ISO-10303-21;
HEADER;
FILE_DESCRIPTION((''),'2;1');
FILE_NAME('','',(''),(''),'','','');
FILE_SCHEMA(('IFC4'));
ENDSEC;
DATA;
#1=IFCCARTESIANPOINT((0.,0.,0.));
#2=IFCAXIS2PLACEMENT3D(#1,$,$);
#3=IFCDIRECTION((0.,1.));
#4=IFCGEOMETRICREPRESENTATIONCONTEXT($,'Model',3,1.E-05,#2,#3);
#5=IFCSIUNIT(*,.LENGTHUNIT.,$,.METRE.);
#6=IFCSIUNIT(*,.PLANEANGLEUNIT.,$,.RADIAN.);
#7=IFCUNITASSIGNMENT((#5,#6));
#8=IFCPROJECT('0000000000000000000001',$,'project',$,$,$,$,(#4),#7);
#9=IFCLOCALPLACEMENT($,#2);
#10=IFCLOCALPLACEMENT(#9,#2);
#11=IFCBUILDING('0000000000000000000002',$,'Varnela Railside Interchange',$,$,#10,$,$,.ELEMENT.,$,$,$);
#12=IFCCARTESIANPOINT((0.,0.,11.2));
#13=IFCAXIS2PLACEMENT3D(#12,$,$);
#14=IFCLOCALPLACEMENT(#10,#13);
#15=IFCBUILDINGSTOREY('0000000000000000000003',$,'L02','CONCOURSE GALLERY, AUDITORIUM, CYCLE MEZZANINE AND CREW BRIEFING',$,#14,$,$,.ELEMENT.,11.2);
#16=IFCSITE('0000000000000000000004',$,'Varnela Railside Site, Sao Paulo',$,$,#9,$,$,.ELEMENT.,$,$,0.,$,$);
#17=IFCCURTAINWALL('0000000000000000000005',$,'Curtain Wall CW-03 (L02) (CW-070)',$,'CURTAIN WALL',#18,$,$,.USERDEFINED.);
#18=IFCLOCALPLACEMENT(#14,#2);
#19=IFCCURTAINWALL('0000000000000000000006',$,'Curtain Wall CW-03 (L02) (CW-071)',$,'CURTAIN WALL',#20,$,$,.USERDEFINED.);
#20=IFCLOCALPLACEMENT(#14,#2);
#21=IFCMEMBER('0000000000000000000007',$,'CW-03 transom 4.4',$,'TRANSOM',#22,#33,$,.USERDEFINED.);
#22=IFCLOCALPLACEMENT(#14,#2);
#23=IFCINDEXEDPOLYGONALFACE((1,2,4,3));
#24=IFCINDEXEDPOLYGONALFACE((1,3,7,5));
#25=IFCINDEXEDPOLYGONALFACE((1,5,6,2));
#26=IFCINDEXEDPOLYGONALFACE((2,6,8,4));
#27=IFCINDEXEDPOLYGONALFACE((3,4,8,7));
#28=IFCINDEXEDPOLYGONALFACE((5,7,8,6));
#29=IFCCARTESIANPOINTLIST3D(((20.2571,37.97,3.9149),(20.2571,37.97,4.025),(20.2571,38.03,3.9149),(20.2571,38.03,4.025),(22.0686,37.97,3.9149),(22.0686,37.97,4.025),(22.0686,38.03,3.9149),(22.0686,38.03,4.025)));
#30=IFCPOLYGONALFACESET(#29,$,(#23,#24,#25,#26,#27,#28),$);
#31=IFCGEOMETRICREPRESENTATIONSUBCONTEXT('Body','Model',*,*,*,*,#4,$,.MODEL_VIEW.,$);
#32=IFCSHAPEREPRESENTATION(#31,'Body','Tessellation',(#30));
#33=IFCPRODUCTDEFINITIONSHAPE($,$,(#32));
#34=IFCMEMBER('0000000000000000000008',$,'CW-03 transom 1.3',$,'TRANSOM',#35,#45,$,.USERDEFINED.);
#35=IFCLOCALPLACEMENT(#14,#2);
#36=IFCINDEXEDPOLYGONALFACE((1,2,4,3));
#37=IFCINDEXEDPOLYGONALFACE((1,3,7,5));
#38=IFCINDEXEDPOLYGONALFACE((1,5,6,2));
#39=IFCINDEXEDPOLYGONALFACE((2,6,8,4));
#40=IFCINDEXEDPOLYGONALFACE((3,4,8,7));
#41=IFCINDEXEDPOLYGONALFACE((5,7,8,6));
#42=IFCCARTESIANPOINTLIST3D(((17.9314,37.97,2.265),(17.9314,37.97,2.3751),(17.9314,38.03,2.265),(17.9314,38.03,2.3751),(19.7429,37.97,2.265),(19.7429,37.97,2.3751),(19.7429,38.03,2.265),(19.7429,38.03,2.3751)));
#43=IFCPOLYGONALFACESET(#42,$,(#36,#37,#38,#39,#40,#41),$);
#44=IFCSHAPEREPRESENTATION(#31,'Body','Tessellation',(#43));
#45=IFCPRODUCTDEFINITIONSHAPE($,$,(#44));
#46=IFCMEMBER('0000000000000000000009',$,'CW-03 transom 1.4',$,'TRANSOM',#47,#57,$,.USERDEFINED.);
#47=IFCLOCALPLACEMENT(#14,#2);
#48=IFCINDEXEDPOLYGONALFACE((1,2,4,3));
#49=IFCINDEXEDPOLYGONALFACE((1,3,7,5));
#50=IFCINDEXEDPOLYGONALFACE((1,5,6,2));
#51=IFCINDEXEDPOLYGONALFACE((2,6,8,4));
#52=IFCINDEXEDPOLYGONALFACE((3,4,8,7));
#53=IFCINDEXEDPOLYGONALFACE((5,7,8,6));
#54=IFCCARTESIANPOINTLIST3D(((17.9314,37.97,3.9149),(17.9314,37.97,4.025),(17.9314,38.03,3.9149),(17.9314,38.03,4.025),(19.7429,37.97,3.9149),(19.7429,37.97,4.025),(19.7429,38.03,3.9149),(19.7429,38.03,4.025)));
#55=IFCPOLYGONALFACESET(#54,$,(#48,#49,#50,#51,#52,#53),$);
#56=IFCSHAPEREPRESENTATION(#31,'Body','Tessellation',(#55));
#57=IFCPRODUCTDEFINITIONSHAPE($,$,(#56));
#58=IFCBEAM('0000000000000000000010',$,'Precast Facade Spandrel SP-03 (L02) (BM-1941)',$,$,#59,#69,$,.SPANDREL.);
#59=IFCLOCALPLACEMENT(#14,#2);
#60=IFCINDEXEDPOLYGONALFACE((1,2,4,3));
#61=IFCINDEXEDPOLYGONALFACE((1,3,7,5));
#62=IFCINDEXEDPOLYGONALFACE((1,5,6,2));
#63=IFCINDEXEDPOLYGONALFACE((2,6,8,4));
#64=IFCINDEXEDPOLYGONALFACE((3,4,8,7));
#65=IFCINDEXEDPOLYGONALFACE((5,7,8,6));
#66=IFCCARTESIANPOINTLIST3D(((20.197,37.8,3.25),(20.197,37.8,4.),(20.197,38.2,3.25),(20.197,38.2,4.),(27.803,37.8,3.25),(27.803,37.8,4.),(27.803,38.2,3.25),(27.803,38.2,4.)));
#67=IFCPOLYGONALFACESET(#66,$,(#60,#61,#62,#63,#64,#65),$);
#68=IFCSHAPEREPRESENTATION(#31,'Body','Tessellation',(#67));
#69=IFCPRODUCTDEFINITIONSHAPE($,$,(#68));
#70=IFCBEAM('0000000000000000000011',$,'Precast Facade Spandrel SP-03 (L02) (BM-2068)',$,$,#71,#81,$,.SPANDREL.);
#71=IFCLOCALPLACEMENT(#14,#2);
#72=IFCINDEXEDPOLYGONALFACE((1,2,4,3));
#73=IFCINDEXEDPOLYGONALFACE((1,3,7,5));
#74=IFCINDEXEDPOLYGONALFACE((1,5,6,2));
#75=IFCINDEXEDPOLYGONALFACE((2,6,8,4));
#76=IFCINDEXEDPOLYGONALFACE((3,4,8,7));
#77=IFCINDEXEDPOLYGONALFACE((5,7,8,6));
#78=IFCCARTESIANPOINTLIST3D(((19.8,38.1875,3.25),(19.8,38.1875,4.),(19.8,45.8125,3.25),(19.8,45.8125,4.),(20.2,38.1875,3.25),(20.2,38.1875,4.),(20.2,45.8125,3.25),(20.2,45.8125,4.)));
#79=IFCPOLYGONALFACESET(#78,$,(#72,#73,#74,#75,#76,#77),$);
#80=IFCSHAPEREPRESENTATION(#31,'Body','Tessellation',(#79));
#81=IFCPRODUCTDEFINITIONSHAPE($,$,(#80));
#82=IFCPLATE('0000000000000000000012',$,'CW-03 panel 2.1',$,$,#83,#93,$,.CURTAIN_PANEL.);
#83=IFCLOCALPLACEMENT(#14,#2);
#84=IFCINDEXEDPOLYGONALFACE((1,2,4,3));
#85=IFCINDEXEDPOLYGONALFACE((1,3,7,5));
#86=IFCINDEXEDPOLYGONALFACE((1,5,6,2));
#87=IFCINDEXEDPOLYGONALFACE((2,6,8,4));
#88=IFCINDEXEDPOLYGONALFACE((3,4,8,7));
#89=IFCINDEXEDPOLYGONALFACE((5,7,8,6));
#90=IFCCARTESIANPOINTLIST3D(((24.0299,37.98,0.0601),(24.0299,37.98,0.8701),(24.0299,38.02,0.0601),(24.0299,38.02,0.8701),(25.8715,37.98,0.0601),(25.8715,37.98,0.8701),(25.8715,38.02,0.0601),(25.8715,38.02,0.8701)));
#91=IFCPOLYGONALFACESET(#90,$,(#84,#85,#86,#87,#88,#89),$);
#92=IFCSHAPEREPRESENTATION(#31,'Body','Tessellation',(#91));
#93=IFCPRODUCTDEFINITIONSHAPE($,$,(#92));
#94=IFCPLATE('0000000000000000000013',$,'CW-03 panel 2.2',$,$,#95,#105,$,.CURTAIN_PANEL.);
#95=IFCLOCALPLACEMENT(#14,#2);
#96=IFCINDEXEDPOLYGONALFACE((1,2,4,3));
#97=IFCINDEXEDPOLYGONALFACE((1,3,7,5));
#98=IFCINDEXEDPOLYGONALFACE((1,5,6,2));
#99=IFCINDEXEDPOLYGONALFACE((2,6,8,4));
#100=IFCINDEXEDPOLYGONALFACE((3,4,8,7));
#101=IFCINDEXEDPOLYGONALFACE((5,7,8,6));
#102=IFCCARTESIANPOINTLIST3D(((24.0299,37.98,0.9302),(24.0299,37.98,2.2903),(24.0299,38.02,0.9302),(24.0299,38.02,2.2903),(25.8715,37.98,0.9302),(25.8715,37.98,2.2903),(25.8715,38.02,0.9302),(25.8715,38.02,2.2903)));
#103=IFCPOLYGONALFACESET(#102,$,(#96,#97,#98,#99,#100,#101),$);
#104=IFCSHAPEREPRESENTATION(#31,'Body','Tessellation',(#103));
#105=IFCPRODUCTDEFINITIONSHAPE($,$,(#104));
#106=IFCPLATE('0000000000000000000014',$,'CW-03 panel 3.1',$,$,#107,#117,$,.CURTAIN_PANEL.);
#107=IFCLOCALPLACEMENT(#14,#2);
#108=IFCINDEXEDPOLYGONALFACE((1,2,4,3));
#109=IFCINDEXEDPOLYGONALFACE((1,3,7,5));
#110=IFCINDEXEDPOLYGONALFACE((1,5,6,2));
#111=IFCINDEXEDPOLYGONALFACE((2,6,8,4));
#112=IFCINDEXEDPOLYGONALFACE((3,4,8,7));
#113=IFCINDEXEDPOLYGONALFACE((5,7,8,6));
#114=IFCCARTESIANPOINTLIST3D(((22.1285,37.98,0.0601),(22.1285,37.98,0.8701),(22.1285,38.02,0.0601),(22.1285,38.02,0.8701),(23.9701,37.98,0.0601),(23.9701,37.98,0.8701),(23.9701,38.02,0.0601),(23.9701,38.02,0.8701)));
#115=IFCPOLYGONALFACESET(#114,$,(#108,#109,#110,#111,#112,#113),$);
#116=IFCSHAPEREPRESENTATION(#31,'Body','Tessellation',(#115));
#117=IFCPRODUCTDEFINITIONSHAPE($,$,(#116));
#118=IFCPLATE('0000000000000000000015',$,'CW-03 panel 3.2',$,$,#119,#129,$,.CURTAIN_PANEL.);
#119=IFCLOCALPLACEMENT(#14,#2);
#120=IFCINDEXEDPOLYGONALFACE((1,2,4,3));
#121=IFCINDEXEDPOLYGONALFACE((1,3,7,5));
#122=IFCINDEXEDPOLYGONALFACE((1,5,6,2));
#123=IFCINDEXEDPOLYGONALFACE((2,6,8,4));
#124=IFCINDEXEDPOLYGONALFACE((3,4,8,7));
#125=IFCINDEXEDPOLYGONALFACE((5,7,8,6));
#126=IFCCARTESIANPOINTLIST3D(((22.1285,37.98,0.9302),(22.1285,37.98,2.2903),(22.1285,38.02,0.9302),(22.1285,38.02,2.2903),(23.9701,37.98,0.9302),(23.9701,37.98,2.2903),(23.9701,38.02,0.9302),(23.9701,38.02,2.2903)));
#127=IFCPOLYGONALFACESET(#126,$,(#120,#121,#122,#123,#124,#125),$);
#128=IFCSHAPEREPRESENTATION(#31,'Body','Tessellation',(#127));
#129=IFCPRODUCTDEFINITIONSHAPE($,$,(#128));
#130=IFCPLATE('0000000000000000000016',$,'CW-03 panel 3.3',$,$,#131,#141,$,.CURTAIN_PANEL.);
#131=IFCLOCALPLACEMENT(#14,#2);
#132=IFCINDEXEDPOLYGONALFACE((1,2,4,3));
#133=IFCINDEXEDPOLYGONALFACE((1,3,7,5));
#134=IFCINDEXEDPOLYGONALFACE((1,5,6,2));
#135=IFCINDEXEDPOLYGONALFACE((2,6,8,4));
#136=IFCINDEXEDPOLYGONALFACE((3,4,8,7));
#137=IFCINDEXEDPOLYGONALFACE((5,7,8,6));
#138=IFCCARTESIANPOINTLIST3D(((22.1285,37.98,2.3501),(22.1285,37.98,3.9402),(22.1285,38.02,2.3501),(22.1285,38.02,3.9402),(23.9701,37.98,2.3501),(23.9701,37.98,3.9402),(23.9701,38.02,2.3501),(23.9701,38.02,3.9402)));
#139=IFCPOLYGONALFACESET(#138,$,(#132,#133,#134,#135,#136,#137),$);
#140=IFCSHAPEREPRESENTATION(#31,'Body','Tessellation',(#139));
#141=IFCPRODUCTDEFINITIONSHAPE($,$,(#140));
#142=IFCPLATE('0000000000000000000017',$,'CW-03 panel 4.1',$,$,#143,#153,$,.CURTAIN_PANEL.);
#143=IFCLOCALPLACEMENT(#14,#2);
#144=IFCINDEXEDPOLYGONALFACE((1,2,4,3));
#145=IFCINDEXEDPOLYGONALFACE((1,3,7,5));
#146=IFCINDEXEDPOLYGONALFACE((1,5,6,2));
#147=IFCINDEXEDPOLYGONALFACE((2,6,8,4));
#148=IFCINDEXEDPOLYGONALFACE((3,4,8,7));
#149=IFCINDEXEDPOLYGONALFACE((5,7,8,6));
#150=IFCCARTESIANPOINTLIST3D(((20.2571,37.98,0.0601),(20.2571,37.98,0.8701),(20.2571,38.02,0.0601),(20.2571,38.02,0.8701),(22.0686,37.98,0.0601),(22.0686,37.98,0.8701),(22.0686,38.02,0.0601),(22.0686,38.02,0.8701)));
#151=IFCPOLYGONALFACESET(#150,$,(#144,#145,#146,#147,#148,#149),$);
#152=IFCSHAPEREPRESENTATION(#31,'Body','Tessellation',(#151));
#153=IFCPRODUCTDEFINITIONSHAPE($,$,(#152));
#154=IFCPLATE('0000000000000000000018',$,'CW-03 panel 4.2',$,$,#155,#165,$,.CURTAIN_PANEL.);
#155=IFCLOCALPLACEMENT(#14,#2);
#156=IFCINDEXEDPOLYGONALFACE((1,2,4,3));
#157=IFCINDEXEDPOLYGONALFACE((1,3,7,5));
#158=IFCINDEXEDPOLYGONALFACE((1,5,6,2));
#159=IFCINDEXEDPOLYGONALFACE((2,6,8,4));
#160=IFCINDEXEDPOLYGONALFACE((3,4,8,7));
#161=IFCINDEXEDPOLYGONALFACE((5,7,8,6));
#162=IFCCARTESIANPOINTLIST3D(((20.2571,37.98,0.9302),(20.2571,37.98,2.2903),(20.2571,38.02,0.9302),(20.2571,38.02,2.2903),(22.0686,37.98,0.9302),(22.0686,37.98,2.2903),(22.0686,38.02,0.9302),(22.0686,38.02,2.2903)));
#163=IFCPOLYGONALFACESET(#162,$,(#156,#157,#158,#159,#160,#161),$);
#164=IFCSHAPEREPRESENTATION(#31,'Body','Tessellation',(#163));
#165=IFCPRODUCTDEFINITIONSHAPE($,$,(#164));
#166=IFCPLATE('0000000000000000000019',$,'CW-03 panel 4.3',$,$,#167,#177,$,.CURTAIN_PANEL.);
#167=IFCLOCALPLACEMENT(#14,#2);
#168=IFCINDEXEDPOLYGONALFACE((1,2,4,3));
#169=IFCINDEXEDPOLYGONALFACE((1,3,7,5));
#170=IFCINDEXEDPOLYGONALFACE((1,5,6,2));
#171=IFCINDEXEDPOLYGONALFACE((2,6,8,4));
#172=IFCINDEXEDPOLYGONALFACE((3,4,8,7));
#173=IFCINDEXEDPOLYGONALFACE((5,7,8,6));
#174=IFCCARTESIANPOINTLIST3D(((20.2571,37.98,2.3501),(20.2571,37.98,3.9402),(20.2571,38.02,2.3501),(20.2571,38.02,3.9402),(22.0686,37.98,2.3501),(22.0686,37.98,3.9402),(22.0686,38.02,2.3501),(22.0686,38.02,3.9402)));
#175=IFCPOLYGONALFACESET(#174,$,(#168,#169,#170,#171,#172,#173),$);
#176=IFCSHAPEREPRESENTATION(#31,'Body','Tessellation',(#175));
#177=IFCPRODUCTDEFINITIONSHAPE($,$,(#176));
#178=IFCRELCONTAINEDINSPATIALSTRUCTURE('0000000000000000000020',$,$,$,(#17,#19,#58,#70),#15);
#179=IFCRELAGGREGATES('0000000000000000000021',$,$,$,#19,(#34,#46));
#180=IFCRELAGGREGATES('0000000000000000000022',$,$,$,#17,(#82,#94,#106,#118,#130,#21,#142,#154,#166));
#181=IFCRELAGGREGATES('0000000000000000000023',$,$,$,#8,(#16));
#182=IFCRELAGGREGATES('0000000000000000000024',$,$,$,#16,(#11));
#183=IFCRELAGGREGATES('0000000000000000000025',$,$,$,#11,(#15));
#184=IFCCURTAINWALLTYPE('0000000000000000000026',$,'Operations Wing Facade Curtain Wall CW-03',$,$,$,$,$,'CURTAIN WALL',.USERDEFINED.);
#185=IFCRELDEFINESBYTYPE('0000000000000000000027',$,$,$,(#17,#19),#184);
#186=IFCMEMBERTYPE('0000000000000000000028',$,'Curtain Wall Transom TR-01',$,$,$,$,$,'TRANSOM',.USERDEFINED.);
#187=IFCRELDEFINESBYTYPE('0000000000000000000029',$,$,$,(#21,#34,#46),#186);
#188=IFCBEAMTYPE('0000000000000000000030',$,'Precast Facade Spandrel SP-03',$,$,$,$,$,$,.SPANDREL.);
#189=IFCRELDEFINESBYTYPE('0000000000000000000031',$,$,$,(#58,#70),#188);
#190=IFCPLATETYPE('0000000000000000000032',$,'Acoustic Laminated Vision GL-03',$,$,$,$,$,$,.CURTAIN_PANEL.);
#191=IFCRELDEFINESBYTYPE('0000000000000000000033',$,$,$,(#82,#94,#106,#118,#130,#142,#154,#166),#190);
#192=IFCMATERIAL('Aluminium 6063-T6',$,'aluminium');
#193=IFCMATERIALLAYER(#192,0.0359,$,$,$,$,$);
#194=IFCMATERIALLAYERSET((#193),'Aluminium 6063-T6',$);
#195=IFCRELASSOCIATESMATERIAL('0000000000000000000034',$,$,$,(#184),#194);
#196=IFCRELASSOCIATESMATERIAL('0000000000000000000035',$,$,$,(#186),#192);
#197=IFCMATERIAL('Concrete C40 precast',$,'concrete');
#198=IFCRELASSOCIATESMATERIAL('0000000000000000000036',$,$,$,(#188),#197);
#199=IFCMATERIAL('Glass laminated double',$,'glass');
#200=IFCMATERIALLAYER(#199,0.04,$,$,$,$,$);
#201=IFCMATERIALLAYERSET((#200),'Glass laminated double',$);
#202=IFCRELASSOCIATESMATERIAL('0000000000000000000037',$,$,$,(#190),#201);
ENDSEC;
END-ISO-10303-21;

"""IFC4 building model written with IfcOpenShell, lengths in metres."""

from ifc_helpers import new_model, si_unit, direction, frame, origin, origin_2d, place, context, subcontext, project, spatial, rectangle, extrude, material, layer, layer_set, material_profile, profile_set, type_object, element, aggregate, save


model = new_model("IFC4")

# Units and contexts
model_context = context("Model", 3, precision=1e-05, world=origin(), true_north=direction((0.0, 1.0)))
body_context = subcontext(model_context, "Body", "Model", "MODEL_VIEW")
ifc_project = project(units=[si_unit("LENGTHUNIT", "METRE"), si_unit("PLANEANGLEUNIT", "RADIAN")], contexts=[model_context])

# Site, building, storey
site_placement = place(None, origin())
site = spatial("IfcSite", under=ifc_project, at=site_placement, Name="Varnela Railside Site, Sao Paulo", CompositionType="ELEMENT", RefElevation=0.0)
building_placement = place(site_placement, origin())
building = spatial("IfcBuilding", under=site, at=building_placement, Name="Varnela Railside Interchange", CompositionType="ELEMENT")
storey_placement = place(building_placement, frame((0.0, 0.0, 11.2)))
storey = spatial("IfcBuildingStorey", under=building, at=storey_placement, Name="L02", Description="CONCOURSE GALLERY, AUDITORIUM, CYCLE MEZZANINE AND CREW BRIEFING", CompositionType="ELEMENT", Elevation=11.2)

# Curtain wall
ifc_material_1 = material(Name="Aluminium 6063-T6", Category="aluminium")
ifc_layer_1 = layer(ifc_material_1, 0.0359)
ifc_layer_set_1 = layer_set([ifc_layer_1], Name="Aluminium 6063-T6")
curtain_wall_type = type_object("IfcCurtainWallType", Name="Operations Wing Facade Curtain Wall CW-03", ElementType="CURTAIN WALL", PredefinedType="USERDEFINED", material=ifc_layer_set_1)
curtain_wall_1_placement = place(storey_placement, origin())
curtain_wall_1 = element("IfcCurtainWall", 1, at=curtain_wall_1_placement, inside=storey, type_object=curtain_wall_type, Name="Curtain Wall CW-03 (L02) (CW-070)", ObjectType="CURTAIN WALL", PredefinedType="USERDEFINED")

# Curtain wall
curtain_wall_2_placement = place(storey_placement, origin())
curtain_wall_2 = element("IfcCurtainWall", 2, at=curtain_wall_2_placement, inside=storey, type_object=curtain_wall_type, Name="Curtain Wall CW-03 (L02) (CW-071)", ObjectType="CURTAIN WALL", PredefinedType="USERDEFINED")

# Members
ifc_material_profile_1 = material_profile(ifc_material_1, rectangle(XDim=0.0601, YDim=0.1101, at=origin_2d()), Name="ALU 60x110")
ifc_profile_set_1 = profile_set([ifc_material_profile_1], Name="Aluminium 6063-T6")
member_type_1 = type_object("IfcMemberType", Name="Curtain Wall Transom TR-01", ElementType="TRANSOM", PredefinedType="USERDEFINED", material=ifc_profile_set_1)
member_1_placement = place(storey_placement, frame((22.0686, 38.0, 3.97), z_axis=(-1.0, 0.0, 0.0), x_axis=(0.0, -1.0, 0.0)))
member_1 = element("IfcMember", 3, at=member_1_placement, type_object=member_type_1, Name="CW-03 transom 4.4", ObjectType="TRANSOM", PredefinedType="USERDEFINED", context=body_context, shape_type="SweptSolid", body=[
    extrude(rectangle(XDim=0.0601, YDim=0.1101, at=origin_2d()), origin(), (0.0, 0.0, 1.0), 1.8115),
])
member_2_placement = place(storey_placement, frame((19.7429, 38.0, 2.3201), z_axis=(-1.0, 0.0, 0.0), x_axis=(0.0, -1.0, 0.0)))
member_2 = element("IfcMember", 4, at=member_2_placement, type_object=member_type_1, Name="CW-03 transom 1.3", ObjectType="TRANSOM", PredefinedType="USERDEFINED", context=body_context, shape_type="SweptSolid", body=[
    extrude(rectangle(XDim=0.0601, YDim=0.1101, at=origin_2d()), origin(), (0.0, 0.0, 1.0), 1.8115),
])
member_3_placement = place(storey_placement, frame((19.7429, 38.0, 3.97), z_axis=(-1.0, 0.0, 0.0), x_axis=(0.0, -1.0, 0.0)))
member_3 = element("IfcMember", 5, at=member_3_placement, type_object=member_type_1, Name="CW-03 transom 1.4", ObjectType="TRANSOM", PredefinedType="USERDEFINED", context=body_context, shape_type="SweptSolid", body=[
    extrude(rectangle(XDim=0.0601, YDim=0.1101, at=origin_2d()), origin(), (0.0, 0.0, 1.0), 1.8115),
])
aggregate(curtain_wall_2, [member_2, member_3])

# Beams
ifc_material_2 = material(Name="Concrete C40 precast", Category="concrete")
ifc_material_profile_2 = material_profile(ifc_material_2, rectangle(XDim=0.3999, YDim=0.75, at=origin_2d()), Name="PC 400x750")
ifc_profile_set_2 = profile_set([ifc_material_profile_2], Name="Concrete C40 precast")
beam_type_1 = type_object("IfcBeamType", Name="Precast Facade Spandrel SP-03", PredefinedType="SPANDREL", material=ifc_profile_set_2)
beam_1_placement = place(storey_placement, frame((20.197, 38.0, 3.625), z_axis=(1.0, 0.0, 0.0), x_axis=(0.0, 1.0, 0.0)))
element("IfcBeam", 6, at=beam_1_placement, inside=storey, type_object=beam_type_1, Name="Precast Facade Spandrel SP-03 (L02) (BM-1941)", PredefinedType="SPANDREL", context=body_context, shape_type="SweptSolid", body=[
    extrude(rectangle(XDim=0.3999, YDim=0.75, at=origin_2d()), origin(), (0.0, 0.0, 1.0), 7.606),
])
beam_2_placement = place(storey_placement, frame((20.0, 38.1875, 3.625), z_axis=(0.0, 1.0, 0.0), x_axis=(-1.0, 0.0, 0.0)))
element("IfcBeam", 7, at=beam_2_placement, inside=storey, type_object=beam_type_1, Name="Precast Facade Spandrel SP-03 (L02) (BM-2068)", PredefinedType="SPANDREL", context=body_context, shape_type="SweptSolid", body=[
    extrude(rectangle(XDim=0.3999, YDim=0.75, at=origin_2d()), origin(), (0.0, 0.0, 1.0), 7.625),
])

# Plates
ifc_material_3 = material(Name="Glass laminated double", Category="glass")
ifc_layer_2 = layer(ifc_material_3, 0.04)
ifc_layer_set_2 = layer_set([ifc_layer_2], Name="Glass laminated double")
plate_type = type_object("IfcPlateType", Name="Acoustic Laminated Vision GL-03", PredefinedType="CURTAIN_PANEL", material=ifc_layer_set_2)
plate_1_placement = place(storey_placement, frame((24.9507, 38.0, 0.0601), z_axis=(0.0, 0.0, 1.0), x_axis=(-1.0, 0.0, 0.0)))
plate_1 = element("IfcPlate", 8, at=plate_1_placement, type_object=plate_type, Name="CW-03 panel 2.1", PredefinedType="CURTAIN_PANEL", context=body_context, shape_type="SweptSolid", body=[
    extrude(rectangle(XDim=1.8416, YDim=0.04, at=origin_2d()), origin(), (0.0, 0.0, 1.0), 0.8101),
])
plate_2_placement = place(storey_placement, frame((24.9507, 38.0, 0.9302), z_axis=(0.0, 0.0, 1.0), x_axis=(-1.0, 0.0, 0.0)))
plate_2 = element("IfcPlate", 9, at=plate_2_placement, type_object=plate_type, Name="CW-03 panel 2.2", PredefinedType="CURTAIN_PANEL", context=body_context, shape_type="SweptSolid", body=[
    extrude(rectangle(XDim=1.8416, YDim=0.04, at=origin_2d()), origin(), (0.0, 0.0, 1.0), 1.3601),
])
plate_3_placement = place(storey_placement, frame((23.0493, 38.0, 0.0601), z_axis=(0.0, 0.0, 1.0), x_axis=(-1.0, 0.0, 0.0)))
plate_3 = element("IfcPlate", 10, at=plate_3_placement, type_object=plate_type, Name="CW-03 panel 3.1", PredefinedType="CURTAIN_PANEL", context=body_context, shape_type="SweptSolid", body=[
    extrude(rectangle(XDim=1.8416, YDim=0.04, at=origin_2d()), origin(), (0.0, 0.0, 1.0), 0.8101),
])
plate_4_placement = place(storey_placement, frame((23.0493, 38.0, 0.9302), z_axis=(0.0, 0.0, 1.0), x_axis=(-1.0, 0.0, 0.0)))
plate_4 = element("IfcPlate", 11, at=plate_4_placement, type_object=plate_type, Name="CW-03 panel 3.2", PredefinedType="CURTAIN_PANEL", context=body_context, shape_type="SweptSolid", body=[
    extrude(rectangle(XDim=1.8416, YDim=0.04, at=origin_2d()), origin(), (0.0, 0.0, 1.0), 1.3601),
])
plate_5_placement = place(storey_placement, frame((23.0493, 38.0, 2.3501), z_axis=(0.0, 0.0, 1.0), x_axis=(-1.0, 0.0, 0.0)))
plate_5 = element("IfcPlate", 12, at=plate_5_placement, type_object=plate_type, Name="CW-03 panel 3.3", PredefinedType="CURTAIN_PANEL", context=body_context, shape_type="SweptSolid", body=[
    extrude(rectangle(XDim=1.8416, YDim=0.04, at=origin_2d()), origin(), (0.0, 0.0, 1.0), 1.5901),
])
plate_6_placement = place(storey_placement, frame((21.1628, 38.0, 0.0601), z_axis=(0.0, 0.0, 1.0), x_axis=(-1.0, 0.0, 0.0)))
plate_6 = element("IfcPlate", 13, at=plate_6_placement, type_object=plate_type, Name="CW-03 panel 4.1", PredefinedType="CURTAIN_PANEL", context=body_context, shape_type="SweptSolid", body=[
    extrude(rectangle(XDim=1.8115, YDim=0.04, at=origin_2d()), origin(), (0.0, 0.0, 1.0), 0.8101),
])
plate_7_placement = place(storey_placement, frame((21.1628, 38.0, 0.9302), z_axis=(0.0, 0.0, 1.0), x_axis=(-1.0, 0.0, 0.0)))
plate_7 = element("IfcPlate", 14, at=plate_7_placement, type_object=plate_type, Name="CW-03 panel 4.2", PredefinedType="CURTAIN_PANEL", context=body_context, shape_type="SweptSolid", body=[
    extrude(rectangle(XDim=1.8115, YDim=0.04, at=origin_2d()), origin(), (0.0, 0.0, 1.0), 1.3601),
])
plate_8_placement = place(storey_placement, frame((21.1628, 38.0, 2.3501), z_axis=(0.0, 0.0, 1.0), x_axis=(-1.0, 0.0, 0.0)))
plate_8 = element("IfcPlate", 15, at=plate_8_placement, type_object=plate_type, Name="CW-03 panel 4.3", PredefinedType="CURTAIN_PANEL", context=body_context, shape_type="SweptSolid", body=[
    extrude(rectangle(XDim=1.8115, YDim=0.04, at=origin_2d()), origin(), (0.0, 0.0, 1.0), 1.5901),
])
aggregate(curtain_wall_1, [plate_1, plate_2, plate_3, plate_4, plate_5, member_1, plate_6, plate_7, plate_8])

save(model, "model.ifc")
